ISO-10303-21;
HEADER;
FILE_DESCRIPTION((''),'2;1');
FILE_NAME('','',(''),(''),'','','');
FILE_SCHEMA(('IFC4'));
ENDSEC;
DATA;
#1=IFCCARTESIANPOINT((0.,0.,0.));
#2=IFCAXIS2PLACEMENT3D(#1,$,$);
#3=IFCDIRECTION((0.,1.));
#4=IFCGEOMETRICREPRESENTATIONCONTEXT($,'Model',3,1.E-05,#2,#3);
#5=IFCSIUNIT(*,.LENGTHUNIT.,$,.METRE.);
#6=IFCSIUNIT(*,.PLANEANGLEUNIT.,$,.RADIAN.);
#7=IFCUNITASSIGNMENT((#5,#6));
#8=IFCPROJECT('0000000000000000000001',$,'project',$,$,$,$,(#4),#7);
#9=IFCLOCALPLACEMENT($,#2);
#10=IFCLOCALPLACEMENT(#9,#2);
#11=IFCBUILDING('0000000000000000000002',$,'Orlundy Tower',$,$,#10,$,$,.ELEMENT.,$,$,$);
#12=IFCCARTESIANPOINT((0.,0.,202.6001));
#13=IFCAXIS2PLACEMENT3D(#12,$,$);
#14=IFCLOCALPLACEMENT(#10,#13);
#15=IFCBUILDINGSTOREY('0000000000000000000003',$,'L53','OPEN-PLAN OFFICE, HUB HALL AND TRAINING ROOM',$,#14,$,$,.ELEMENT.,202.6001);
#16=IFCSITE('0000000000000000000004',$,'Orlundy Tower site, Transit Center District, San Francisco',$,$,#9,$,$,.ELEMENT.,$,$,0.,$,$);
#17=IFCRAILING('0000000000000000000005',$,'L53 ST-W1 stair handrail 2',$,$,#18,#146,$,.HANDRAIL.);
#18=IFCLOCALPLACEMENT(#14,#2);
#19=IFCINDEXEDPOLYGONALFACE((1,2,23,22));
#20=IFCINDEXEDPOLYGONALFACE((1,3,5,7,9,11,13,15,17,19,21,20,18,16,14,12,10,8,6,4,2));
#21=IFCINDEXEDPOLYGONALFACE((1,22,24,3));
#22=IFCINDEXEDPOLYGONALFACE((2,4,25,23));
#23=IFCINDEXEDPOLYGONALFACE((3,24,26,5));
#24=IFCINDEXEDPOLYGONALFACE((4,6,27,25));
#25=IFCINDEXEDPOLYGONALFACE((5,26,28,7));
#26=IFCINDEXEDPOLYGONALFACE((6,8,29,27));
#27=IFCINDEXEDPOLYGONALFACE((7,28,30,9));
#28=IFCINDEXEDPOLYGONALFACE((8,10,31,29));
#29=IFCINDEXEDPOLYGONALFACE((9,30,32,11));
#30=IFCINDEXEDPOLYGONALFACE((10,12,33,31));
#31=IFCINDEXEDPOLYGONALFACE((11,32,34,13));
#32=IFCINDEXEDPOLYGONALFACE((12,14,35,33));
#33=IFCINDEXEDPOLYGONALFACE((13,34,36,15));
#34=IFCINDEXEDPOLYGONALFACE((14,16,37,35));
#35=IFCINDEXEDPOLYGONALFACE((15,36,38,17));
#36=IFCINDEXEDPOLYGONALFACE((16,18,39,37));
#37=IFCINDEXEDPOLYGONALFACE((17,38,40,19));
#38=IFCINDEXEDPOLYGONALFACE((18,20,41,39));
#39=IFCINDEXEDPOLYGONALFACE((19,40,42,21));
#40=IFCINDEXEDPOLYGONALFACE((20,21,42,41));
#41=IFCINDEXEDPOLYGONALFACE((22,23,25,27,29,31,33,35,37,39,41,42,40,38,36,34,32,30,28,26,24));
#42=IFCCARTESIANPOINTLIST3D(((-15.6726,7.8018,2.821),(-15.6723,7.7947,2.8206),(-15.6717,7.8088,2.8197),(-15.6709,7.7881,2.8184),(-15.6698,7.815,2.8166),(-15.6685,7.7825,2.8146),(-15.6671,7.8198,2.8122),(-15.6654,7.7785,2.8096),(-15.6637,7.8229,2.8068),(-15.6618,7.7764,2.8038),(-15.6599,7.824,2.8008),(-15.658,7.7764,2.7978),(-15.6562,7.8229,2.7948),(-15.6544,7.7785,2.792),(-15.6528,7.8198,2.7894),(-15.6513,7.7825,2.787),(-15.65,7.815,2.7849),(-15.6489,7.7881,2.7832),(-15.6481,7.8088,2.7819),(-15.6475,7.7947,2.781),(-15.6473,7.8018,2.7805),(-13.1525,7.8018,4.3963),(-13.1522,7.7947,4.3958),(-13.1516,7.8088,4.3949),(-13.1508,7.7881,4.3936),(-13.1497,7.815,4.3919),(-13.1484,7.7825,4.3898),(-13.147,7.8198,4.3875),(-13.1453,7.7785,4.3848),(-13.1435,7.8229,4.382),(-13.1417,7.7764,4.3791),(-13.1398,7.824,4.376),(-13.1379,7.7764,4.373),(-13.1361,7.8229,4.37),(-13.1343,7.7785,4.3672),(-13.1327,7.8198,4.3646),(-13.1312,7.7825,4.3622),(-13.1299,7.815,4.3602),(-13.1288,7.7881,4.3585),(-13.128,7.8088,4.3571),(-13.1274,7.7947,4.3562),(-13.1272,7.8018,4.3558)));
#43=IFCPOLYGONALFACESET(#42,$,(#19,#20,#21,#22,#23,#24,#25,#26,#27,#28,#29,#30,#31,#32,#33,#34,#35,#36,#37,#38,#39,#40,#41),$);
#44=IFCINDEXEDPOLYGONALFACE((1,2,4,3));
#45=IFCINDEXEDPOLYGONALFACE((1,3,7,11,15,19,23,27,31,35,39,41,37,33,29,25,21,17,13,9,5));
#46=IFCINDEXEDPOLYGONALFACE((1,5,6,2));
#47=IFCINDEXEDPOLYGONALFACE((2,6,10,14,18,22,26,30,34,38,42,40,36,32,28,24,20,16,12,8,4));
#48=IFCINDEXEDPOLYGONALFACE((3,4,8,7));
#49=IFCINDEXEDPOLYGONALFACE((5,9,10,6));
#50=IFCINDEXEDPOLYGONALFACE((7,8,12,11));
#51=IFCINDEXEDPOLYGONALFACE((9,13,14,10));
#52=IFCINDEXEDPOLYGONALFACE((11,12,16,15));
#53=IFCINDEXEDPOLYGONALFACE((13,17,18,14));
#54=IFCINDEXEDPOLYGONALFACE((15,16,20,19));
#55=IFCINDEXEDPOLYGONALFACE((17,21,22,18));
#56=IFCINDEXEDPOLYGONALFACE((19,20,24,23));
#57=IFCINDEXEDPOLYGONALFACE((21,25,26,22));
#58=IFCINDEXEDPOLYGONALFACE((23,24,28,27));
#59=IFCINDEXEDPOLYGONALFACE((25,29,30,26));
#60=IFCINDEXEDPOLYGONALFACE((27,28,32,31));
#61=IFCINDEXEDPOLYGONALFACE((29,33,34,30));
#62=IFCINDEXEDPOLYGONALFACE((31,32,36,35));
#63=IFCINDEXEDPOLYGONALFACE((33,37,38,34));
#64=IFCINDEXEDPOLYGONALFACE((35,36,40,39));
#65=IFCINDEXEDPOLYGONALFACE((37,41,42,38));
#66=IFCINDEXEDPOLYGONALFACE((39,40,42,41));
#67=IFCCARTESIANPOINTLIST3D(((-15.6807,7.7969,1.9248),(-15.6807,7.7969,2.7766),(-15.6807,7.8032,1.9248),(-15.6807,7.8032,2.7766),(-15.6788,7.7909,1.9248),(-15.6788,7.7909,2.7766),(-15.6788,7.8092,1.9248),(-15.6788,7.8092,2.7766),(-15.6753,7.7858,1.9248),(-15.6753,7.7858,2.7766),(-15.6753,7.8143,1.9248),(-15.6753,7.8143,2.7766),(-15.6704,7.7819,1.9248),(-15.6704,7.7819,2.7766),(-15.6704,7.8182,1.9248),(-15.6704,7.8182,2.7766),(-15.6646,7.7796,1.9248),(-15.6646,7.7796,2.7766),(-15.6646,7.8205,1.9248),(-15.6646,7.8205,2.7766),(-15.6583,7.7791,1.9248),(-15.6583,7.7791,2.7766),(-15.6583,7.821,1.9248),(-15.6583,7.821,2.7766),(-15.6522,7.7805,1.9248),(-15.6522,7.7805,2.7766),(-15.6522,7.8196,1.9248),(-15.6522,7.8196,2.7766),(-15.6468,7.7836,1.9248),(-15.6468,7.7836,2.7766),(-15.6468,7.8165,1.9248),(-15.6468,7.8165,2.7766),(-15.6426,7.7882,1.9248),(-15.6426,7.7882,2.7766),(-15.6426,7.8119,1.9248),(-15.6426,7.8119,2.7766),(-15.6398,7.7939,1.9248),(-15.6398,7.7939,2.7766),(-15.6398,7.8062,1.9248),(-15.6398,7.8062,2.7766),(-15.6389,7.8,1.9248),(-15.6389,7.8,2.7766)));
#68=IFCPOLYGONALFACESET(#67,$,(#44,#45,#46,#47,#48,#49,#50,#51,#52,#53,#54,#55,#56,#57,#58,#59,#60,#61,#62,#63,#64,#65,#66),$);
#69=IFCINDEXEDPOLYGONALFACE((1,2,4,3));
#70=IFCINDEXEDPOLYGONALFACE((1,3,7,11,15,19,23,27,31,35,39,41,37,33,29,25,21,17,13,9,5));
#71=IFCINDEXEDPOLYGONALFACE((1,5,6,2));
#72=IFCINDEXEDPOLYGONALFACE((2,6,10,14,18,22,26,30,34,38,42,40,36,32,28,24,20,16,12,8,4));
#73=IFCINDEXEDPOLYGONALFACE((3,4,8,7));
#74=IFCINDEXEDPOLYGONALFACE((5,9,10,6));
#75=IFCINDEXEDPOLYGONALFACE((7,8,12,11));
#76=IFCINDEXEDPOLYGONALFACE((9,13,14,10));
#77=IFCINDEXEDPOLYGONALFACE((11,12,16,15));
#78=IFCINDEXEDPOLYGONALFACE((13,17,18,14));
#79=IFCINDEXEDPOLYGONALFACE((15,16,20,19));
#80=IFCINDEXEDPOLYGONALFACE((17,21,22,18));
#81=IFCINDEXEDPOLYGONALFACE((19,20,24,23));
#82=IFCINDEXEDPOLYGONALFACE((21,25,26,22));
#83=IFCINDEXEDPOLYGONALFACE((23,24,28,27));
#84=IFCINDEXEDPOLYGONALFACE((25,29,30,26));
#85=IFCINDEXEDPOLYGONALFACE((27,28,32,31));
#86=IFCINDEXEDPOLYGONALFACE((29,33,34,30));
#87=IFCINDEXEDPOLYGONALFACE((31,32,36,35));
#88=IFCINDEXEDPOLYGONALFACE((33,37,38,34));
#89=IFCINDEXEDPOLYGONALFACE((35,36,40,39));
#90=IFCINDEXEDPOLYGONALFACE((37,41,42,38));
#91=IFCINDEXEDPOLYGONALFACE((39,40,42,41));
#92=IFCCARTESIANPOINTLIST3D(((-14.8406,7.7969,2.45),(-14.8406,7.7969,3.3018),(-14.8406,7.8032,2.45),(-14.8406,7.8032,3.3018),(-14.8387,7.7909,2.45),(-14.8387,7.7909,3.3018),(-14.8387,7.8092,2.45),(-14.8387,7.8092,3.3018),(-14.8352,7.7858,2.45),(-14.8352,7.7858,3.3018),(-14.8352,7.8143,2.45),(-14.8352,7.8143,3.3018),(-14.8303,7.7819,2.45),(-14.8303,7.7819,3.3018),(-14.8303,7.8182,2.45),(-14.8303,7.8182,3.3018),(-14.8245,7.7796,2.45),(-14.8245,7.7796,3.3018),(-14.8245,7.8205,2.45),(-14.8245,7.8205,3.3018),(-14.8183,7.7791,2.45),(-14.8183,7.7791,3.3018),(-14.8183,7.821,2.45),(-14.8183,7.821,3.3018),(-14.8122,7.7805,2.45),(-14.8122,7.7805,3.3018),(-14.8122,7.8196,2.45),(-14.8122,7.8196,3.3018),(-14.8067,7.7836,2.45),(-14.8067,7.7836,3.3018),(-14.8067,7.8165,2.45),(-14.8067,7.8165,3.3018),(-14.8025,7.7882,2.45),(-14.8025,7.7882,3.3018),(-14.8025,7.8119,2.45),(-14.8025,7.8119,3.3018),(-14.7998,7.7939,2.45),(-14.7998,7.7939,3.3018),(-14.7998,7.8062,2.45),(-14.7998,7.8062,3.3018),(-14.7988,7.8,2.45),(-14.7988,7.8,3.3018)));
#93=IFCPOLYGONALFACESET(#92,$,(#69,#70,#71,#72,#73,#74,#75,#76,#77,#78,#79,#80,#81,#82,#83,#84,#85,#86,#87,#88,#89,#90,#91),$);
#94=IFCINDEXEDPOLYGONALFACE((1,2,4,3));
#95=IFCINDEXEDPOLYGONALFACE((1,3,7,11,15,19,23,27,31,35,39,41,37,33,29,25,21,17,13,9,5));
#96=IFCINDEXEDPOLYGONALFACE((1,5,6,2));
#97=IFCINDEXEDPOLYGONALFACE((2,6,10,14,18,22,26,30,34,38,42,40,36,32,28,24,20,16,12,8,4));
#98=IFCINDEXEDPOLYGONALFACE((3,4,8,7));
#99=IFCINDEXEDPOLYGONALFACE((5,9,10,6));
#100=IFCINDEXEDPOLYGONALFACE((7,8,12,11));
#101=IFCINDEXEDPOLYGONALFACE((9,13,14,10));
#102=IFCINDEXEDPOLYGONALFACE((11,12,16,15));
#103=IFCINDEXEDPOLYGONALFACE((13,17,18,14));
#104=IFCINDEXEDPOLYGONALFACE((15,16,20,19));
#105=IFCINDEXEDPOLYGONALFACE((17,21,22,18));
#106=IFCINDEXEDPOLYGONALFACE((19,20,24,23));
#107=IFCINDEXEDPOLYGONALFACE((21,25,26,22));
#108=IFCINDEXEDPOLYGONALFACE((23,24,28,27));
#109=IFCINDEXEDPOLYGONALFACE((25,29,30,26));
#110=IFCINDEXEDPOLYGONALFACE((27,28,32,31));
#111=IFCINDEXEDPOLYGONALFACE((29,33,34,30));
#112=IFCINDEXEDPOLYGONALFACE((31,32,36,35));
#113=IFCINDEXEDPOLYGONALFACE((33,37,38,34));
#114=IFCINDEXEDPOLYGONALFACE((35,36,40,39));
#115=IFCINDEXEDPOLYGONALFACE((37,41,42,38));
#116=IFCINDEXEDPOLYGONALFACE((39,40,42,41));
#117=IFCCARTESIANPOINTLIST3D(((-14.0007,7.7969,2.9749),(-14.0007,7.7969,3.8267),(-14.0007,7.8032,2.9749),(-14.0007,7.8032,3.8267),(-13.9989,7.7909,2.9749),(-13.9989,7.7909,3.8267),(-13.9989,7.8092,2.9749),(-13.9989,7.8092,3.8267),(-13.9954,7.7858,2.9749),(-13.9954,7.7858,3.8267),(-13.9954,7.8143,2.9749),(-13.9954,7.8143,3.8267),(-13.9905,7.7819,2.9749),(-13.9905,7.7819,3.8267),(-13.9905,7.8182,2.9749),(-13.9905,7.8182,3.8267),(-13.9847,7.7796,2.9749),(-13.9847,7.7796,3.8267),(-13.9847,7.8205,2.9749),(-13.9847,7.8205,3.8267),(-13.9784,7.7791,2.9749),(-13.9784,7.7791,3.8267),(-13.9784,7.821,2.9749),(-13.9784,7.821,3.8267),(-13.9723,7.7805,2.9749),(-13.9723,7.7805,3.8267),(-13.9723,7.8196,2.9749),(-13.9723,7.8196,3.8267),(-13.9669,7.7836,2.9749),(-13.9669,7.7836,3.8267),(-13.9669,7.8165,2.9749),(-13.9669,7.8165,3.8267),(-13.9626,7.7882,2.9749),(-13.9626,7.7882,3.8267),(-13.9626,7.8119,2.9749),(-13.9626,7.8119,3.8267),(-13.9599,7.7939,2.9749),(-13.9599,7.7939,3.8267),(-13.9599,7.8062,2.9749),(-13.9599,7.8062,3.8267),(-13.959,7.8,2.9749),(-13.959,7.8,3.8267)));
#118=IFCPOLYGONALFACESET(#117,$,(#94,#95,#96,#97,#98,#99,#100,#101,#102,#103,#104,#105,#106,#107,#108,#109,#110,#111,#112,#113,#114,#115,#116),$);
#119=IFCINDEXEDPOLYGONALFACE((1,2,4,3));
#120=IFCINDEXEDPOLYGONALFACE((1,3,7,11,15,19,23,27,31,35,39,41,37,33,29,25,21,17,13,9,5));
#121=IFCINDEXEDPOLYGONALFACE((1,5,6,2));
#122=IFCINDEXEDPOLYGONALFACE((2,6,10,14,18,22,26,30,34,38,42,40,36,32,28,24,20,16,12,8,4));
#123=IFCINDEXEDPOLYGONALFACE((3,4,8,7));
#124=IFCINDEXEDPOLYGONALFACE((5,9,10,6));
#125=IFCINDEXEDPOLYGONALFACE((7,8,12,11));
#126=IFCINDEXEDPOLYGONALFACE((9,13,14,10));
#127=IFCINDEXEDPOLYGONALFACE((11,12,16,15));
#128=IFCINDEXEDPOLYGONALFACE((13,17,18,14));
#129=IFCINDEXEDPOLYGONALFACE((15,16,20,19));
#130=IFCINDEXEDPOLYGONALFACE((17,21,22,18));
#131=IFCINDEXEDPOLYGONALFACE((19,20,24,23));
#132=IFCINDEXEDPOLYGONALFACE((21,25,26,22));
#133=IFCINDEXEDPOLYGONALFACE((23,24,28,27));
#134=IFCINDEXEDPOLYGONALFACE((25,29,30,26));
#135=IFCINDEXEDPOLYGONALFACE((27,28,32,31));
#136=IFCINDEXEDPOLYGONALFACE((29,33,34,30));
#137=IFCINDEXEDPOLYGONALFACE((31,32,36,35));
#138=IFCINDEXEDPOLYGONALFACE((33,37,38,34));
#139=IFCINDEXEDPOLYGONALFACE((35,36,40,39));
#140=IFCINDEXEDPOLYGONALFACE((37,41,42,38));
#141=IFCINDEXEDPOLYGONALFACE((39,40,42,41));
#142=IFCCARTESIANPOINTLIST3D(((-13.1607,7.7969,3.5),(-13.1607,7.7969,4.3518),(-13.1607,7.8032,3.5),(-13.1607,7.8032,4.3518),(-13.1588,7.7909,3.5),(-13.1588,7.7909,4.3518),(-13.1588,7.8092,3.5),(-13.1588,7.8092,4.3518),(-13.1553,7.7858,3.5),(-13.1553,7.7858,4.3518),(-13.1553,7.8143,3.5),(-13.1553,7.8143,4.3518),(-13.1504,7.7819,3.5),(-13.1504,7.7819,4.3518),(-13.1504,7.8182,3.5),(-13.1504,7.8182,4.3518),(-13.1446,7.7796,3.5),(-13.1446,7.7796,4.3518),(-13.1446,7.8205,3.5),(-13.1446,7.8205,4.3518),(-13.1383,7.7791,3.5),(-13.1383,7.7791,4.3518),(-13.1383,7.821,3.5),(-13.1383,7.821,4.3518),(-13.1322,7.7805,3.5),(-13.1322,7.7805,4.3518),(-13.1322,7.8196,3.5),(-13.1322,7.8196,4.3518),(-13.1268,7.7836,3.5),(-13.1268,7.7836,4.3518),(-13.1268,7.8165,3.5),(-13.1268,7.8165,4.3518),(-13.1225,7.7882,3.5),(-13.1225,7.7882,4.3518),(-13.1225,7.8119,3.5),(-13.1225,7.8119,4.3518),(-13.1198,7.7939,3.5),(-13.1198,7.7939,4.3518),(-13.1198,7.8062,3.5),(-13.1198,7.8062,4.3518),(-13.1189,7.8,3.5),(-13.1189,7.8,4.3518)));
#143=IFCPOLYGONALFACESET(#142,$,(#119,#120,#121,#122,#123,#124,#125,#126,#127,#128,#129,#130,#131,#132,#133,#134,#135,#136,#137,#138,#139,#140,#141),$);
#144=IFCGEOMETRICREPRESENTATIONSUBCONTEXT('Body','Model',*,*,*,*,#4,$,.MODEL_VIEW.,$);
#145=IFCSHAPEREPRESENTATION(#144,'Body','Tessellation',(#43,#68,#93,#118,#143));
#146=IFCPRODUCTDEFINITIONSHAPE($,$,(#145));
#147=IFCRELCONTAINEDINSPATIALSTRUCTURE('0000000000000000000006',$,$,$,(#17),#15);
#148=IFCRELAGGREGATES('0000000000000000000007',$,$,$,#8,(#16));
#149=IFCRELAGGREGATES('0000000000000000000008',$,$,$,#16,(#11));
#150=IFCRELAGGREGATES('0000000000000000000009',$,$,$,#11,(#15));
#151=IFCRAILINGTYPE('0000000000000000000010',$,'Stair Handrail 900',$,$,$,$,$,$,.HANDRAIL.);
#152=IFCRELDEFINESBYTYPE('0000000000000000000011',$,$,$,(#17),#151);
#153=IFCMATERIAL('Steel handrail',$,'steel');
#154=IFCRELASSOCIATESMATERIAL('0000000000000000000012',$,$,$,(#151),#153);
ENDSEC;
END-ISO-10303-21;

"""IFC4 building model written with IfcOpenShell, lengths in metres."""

from ifc_helpers import new_model, si_unit, direction, frame, origin, origin_2d, place, context, subcontext, project, spatial, circle, extrude, material, type_object, element, save


model = new_model("IFC4")

# Units and contexts
model_context = context("Model", 3, precision=1e-05, world=origin(), true_north=direction((0.0, 1.0)))
body_context = subcontext(model_context, "Body", "Model", "MODEL_VIEW")
ifc_project = project(units=[si_unit("LENGTHUNIT", "METRE"), si_unit("PLANEANGLEUNIT", "RADIAN")], contexts=[model_context])

# Site, building, storey
site_placement = place(None, origin())
site = spatial("IfcSite", under=ifc_project, at=site_placement, Name="Orlundy Tower site, Transit Center District, San Francisco", CompositionType="ELEMENT", RefElevation=0.0)
building_placement = place(site_placement, origin())
building = spatial("IfcBuilding", under=site, at=building_placement, Name="Orlundy Tower", CompositionType="ELEMENT")
storey_placement = place(building_placement, frame((0.0, 0.0, 202.6001)))
storey = spatial("IfcBuildingStorey", under=building, at=storey_placement, Name="L53", Description="OPEN-PLAN OFFICE, HUB HALL AND TRAINING ROOM", CompositionType="ELEMENT", Elevation=202.6001)

# Railing
ifc_material_1 = material(Name="Steel handrail", Category="steel")
railing_type = type_object("IfcRailingType", Name="Stair Handrail 900", PredefinedType="HANDRAIL", material=ifc_material_1)
railing_placement = place(storey_placement, frame((-15.6599, 7.8, 1.9248)))
element("IfcRailing", 1, at=railing_placement, inside=storey, type_object=railing_type, Name="L53 ST-W1 stair handrail 2", PredefinedType="HANDRAIL", context=body_context, shape_type="SweptSolid", body=[
    extrude(circle(Radius=0.0239, at=origin_2d()), frame((0.0, 0.0, 0.876), z_axis=(0.847971, 0.0, 0.530043), x_axis=(0.0, 1.0, 0.0)), (0.0, 0.0, 1.0), 2.9719),
    extrude(circle(Radius=0.021, at=origin_2d()), origin(), (0.0, 0.0, 1.0), 0.8518),
    extrude(circle(Radius=0.021, at=origin_2d()), frame((0.8401, 0.0, 0.5251)), (0.0, 0.0, 1.0), 0.8518),
    extrude(circle(Radius=0.021, at=origin_2d()), frame((1.6799, 0.0, 1.05)), (0.0, 0.0, 1.0), 0.8518),
    extrude(circle(Radius=0.021, at=origin_2d()), frame((2.52, 0.0, 1.5752)), (0.0, 0.0, 1.0), 0.8518),
])

save(model, "model.ifc")
